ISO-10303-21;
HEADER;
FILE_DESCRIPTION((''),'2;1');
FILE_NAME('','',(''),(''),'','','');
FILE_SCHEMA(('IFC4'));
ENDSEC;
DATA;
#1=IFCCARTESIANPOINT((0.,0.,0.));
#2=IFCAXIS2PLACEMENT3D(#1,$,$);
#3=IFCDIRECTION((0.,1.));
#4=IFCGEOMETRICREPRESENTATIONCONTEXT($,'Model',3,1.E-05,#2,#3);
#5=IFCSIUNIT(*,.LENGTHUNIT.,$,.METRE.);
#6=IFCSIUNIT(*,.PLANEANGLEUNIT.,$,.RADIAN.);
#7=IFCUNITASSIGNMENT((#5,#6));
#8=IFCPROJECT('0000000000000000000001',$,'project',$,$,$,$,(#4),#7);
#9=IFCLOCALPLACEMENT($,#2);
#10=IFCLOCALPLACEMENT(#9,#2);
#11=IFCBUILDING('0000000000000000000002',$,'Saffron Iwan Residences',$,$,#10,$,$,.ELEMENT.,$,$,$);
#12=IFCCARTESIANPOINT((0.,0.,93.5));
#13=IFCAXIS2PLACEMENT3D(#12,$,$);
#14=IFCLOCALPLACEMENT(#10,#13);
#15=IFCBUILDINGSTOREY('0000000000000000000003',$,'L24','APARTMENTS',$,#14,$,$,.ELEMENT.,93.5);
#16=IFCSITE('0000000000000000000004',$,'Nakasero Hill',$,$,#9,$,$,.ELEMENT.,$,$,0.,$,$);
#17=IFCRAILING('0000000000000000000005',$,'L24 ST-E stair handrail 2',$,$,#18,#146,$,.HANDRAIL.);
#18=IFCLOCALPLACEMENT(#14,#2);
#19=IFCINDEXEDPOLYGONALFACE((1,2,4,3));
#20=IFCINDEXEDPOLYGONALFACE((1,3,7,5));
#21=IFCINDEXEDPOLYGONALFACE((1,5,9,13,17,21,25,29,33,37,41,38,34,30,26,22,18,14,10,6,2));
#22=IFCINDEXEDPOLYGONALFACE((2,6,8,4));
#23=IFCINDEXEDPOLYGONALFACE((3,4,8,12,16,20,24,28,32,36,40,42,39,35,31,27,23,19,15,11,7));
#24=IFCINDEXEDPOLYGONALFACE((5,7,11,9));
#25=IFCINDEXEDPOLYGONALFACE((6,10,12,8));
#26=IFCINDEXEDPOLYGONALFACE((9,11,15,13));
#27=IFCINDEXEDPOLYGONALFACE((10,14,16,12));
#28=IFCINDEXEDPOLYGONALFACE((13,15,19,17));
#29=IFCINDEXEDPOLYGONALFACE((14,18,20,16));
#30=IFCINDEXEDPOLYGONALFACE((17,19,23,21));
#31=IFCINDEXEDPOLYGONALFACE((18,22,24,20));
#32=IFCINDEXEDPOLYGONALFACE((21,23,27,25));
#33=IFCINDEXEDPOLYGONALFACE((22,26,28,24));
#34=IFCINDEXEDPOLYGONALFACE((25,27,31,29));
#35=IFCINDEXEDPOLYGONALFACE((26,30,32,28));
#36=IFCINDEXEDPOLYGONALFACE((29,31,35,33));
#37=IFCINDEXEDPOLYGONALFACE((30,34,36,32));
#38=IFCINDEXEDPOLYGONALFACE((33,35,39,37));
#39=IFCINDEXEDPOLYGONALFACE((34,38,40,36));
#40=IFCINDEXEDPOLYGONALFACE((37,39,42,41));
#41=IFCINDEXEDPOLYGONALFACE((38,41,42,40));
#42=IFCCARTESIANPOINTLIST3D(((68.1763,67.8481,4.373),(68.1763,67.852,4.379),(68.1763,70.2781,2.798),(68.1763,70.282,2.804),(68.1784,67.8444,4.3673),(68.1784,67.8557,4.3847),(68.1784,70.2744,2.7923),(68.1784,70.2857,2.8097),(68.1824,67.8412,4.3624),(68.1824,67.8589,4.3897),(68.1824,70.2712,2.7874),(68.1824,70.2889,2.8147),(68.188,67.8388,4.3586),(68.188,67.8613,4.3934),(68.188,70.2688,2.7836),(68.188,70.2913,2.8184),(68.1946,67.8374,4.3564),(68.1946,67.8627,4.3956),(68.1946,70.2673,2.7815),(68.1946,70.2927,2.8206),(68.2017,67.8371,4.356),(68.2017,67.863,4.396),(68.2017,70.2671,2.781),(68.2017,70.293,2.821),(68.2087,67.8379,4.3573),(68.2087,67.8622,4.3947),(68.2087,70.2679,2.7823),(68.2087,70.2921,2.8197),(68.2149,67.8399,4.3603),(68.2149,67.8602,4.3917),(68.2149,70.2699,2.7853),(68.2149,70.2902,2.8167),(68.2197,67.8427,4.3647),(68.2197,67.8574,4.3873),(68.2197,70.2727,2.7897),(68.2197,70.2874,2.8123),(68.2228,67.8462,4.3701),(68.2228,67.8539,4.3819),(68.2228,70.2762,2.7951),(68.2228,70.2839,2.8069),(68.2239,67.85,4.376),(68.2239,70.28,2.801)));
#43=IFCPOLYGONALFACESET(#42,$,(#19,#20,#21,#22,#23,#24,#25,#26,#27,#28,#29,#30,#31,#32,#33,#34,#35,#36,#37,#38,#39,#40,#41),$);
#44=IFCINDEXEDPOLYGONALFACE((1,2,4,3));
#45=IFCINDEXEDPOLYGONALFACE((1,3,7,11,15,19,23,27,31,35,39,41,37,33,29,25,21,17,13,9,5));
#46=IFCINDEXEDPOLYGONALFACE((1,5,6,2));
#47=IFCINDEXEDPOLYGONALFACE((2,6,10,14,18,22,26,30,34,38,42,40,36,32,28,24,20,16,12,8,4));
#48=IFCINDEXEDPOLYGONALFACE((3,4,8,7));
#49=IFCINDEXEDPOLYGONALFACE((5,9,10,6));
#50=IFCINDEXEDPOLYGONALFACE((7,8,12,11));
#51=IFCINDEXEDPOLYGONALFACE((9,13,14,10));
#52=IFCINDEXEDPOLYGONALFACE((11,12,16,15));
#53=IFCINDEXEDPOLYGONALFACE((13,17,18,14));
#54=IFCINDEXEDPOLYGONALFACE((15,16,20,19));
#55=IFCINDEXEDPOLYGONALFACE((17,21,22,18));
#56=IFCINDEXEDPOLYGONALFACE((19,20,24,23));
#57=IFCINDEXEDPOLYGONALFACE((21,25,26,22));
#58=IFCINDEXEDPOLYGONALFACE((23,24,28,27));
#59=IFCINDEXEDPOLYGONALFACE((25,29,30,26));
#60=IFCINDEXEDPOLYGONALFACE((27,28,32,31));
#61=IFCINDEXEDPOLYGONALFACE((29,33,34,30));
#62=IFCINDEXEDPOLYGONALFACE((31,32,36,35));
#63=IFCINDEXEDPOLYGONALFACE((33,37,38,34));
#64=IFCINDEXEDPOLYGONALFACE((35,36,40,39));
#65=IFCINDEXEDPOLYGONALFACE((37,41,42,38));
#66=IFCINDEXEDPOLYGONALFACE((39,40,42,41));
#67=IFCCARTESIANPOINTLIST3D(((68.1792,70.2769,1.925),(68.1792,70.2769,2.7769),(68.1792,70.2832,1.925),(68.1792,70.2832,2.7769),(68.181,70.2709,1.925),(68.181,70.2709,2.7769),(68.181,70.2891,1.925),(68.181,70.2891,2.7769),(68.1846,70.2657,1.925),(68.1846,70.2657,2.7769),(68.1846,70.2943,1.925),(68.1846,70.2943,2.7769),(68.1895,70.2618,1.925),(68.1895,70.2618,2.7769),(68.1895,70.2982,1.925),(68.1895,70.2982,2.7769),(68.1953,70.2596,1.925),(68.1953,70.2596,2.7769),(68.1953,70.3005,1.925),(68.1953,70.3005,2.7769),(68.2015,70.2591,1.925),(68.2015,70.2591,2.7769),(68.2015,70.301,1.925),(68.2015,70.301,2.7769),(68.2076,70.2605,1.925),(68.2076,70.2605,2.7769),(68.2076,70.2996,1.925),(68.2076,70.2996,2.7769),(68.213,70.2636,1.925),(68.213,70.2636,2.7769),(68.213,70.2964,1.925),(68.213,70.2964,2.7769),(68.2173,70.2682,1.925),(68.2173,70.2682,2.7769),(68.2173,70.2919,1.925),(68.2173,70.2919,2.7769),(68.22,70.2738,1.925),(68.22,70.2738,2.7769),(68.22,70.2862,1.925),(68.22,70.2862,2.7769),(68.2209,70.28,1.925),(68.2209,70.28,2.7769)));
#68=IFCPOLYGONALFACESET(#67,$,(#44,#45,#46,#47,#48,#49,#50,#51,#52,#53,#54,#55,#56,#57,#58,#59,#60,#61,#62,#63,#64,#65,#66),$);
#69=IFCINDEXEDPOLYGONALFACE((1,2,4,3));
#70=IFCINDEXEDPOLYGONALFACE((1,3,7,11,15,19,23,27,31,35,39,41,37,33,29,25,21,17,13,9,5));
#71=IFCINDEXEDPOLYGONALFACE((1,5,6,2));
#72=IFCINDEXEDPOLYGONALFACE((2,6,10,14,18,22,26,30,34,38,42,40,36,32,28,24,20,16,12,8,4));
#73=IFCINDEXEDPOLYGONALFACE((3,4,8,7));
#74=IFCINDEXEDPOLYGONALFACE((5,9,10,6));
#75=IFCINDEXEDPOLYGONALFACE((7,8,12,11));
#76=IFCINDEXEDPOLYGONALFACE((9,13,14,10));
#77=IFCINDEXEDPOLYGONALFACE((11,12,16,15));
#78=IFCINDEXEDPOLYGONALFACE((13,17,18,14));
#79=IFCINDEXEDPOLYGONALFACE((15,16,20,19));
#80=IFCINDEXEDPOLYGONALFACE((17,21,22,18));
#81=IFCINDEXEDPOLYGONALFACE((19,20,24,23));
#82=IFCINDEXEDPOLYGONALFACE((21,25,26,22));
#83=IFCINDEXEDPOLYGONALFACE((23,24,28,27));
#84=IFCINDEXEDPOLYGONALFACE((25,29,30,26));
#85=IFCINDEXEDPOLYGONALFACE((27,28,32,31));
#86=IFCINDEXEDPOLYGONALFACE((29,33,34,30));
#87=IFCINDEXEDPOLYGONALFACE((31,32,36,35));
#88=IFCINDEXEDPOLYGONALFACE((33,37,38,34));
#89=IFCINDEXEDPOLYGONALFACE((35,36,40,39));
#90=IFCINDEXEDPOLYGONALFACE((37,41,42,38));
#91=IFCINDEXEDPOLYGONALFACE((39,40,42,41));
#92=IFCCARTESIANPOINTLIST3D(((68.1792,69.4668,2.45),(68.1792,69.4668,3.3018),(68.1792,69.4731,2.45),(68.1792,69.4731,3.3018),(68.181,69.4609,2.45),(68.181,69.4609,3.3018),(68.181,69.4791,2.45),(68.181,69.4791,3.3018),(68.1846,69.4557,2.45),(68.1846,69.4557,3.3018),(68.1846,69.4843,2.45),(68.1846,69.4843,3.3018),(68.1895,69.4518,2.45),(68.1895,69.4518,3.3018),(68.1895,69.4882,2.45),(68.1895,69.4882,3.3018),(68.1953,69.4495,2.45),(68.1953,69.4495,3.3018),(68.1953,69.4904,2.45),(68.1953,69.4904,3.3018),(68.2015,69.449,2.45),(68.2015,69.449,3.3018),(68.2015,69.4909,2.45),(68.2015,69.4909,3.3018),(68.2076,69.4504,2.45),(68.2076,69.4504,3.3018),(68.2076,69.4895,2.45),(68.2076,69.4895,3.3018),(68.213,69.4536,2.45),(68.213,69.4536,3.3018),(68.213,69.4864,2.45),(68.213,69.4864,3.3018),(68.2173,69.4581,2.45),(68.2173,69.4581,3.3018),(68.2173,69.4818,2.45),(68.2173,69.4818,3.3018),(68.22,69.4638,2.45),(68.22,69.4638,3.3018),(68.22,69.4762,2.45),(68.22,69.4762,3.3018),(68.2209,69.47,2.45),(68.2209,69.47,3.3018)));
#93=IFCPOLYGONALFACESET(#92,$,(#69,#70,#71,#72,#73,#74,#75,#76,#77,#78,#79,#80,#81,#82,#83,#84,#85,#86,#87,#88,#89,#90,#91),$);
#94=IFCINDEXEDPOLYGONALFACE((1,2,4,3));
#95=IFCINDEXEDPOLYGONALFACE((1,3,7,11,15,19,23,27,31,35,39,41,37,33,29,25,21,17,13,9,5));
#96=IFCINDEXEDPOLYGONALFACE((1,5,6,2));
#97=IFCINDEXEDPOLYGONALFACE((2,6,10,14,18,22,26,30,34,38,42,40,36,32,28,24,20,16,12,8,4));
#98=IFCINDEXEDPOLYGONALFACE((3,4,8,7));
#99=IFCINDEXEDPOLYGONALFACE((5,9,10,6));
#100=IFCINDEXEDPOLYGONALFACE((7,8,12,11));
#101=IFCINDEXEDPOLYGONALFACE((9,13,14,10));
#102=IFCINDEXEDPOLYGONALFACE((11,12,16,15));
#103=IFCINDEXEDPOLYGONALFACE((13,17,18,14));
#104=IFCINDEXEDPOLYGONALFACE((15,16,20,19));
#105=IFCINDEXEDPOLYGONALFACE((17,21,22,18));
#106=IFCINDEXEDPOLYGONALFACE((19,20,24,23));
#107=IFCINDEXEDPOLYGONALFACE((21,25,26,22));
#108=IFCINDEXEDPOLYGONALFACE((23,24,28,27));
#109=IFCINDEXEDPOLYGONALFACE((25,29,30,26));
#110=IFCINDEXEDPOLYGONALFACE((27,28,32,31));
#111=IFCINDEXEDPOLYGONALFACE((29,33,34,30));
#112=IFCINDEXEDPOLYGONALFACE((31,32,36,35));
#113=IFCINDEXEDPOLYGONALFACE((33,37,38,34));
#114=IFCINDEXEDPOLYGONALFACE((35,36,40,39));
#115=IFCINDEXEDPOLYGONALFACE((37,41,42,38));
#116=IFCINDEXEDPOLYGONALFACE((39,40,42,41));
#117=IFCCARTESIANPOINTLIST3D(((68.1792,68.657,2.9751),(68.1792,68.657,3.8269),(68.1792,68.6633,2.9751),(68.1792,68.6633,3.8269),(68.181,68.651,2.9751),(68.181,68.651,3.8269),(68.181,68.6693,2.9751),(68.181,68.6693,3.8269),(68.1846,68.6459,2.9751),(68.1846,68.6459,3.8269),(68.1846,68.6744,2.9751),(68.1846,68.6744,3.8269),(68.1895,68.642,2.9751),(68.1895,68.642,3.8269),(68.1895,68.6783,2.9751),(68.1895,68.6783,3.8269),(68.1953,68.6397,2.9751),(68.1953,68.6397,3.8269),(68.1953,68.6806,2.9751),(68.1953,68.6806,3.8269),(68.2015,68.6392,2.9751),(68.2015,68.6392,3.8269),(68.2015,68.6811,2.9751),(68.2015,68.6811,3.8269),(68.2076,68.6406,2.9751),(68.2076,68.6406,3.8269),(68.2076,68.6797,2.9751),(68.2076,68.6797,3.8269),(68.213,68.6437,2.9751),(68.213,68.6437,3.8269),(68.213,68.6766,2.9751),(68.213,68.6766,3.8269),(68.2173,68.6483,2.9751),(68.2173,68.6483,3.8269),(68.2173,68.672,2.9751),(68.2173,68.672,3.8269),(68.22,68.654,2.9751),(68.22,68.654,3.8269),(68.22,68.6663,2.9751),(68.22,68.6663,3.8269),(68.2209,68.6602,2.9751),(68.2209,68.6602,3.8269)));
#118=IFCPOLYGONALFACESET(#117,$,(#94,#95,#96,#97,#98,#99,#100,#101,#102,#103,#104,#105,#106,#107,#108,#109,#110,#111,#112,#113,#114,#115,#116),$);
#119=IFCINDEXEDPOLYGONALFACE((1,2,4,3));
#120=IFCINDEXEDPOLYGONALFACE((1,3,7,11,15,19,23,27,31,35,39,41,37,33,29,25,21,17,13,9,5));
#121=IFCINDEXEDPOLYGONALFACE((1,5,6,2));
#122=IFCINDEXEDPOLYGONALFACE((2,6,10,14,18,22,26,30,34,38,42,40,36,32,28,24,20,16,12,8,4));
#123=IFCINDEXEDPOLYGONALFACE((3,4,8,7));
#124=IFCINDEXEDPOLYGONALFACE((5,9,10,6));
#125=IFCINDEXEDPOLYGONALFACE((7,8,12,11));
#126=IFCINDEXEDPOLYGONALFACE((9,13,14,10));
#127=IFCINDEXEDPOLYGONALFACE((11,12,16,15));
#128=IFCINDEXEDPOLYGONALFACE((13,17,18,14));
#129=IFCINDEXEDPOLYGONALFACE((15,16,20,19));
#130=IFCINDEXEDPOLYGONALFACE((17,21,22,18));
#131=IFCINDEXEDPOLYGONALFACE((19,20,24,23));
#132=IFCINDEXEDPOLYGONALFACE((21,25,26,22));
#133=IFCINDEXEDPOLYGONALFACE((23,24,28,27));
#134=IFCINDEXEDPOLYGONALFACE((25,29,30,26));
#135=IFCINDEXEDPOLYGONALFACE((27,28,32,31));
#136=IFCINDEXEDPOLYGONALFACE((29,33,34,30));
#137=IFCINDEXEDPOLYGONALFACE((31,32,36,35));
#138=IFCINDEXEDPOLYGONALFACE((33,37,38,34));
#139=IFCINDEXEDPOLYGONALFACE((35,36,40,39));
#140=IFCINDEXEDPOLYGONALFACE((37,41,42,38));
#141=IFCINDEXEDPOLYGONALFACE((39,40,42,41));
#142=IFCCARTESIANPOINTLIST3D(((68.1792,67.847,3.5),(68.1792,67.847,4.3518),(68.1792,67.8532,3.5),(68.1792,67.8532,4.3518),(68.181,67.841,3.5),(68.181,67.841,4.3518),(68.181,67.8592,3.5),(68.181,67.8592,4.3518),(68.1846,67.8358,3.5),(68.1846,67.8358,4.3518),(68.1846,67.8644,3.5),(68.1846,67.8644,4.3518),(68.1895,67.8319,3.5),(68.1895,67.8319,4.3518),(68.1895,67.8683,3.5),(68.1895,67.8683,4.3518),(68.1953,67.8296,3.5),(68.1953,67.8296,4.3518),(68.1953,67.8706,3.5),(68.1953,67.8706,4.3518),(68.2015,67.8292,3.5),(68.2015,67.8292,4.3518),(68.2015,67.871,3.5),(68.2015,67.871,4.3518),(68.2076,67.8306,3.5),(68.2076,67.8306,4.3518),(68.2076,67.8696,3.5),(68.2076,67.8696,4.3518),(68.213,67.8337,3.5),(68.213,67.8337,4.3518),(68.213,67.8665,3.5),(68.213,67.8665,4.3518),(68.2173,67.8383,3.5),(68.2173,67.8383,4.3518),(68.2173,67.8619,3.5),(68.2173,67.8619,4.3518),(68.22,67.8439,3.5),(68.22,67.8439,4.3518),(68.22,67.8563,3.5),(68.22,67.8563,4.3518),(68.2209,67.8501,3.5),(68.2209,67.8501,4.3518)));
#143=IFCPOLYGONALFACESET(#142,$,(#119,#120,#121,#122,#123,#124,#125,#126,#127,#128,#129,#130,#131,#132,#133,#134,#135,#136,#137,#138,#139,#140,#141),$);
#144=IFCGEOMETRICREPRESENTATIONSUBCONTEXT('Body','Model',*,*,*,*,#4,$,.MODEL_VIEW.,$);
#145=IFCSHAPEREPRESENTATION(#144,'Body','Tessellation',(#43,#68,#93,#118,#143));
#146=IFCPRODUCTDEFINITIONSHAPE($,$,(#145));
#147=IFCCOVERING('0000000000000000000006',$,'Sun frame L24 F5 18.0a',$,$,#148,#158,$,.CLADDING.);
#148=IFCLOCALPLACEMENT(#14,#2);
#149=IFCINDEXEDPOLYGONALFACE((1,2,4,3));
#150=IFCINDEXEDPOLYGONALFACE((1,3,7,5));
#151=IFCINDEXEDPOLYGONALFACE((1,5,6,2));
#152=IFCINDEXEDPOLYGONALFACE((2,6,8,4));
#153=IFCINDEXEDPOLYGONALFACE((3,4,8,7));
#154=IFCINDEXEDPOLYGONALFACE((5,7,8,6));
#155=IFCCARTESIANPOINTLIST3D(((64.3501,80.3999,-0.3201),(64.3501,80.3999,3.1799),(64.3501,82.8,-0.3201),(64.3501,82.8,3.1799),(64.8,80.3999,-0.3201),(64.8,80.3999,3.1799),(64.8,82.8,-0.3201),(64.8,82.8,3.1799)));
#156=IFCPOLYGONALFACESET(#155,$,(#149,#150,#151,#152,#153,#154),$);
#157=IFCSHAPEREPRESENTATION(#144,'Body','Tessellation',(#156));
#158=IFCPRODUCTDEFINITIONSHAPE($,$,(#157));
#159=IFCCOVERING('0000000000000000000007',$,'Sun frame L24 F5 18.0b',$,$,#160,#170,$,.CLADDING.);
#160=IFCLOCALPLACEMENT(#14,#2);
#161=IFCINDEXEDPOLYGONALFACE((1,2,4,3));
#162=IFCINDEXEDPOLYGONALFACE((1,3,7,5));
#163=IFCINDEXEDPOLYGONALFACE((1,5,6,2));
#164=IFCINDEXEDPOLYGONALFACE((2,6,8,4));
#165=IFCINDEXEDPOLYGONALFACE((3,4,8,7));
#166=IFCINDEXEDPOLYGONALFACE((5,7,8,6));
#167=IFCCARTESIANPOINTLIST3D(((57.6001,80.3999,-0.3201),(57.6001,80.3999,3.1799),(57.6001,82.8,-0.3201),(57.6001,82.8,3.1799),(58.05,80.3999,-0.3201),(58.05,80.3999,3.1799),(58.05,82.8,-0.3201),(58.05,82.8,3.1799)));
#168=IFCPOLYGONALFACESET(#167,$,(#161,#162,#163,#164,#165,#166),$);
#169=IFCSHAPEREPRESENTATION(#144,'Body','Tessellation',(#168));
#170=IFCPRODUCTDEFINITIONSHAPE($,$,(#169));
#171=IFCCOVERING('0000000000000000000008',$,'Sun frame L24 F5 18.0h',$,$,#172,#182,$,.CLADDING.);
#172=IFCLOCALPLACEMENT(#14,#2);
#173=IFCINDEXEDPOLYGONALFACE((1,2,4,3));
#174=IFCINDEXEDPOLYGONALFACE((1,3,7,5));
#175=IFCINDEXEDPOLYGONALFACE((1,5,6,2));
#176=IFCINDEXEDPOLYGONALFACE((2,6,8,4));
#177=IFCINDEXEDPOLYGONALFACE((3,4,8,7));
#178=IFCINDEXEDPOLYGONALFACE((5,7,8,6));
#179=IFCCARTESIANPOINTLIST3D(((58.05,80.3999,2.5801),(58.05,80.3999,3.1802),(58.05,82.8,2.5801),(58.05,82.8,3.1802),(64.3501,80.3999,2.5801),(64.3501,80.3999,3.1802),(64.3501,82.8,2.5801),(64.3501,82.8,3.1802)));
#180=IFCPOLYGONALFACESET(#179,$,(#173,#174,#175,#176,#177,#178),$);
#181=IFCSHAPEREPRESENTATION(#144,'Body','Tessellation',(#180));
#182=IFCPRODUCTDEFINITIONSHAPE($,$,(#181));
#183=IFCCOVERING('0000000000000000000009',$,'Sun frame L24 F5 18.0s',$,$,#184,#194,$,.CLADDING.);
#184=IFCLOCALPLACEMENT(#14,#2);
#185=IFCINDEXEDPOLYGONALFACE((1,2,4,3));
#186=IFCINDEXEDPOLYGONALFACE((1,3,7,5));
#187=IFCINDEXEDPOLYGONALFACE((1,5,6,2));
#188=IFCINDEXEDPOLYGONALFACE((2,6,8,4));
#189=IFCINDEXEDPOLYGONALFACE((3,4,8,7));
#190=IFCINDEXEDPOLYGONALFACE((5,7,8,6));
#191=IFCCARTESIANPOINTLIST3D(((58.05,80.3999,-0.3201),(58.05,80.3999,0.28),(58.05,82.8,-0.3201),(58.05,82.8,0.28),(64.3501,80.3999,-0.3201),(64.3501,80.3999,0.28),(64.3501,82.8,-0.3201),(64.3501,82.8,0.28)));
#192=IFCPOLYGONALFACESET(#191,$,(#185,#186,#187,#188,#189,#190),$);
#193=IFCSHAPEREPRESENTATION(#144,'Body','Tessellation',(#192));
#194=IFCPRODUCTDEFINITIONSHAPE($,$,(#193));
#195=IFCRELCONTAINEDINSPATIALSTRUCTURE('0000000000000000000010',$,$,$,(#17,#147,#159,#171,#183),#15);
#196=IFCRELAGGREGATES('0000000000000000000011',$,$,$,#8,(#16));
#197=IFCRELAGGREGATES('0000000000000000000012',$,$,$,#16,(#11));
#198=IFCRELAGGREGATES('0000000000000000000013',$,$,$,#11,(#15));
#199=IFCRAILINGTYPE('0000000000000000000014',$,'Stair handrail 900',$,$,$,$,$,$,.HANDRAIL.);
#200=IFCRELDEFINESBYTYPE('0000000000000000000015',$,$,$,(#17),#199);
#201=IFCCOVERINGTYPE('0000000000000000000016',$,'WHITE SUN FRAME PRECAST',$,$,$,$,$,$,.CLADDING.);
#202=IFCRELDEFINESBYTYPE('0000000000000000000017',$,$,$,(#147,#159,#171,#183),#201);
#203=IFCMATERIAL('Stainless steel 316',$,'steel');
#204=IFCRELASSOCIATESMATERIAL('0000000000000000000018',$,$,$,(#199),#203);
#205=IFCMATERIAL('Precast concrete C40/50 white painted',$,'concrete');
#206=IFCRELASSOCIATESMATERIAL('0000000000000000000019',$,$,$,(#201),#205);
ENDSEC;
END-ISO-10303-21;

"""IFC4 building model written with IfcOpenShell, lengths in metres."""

from ifc_helpers import new_model, si_unit, direction, frame, origin, origin_2d, place, context, subcontext, project, spatial, polyline, circle, outline, extrude, material, type_object, element, save


model = new_model("IFC4")

# Units and contexts
model_context = context("Model", 3, precision=1e-05, world=origin(), true_north=direction((0.0, 1.0)))
body_context = subcontext(model_context, "Body", "Model", "MODEL_VIEW")
ifc_project = project(units=[si_unit("LENGTHUNIT", "METRE"), si_unit("PLANEANGLEUNIT", "RADIAN")], contexts=[model_context])

# Site, building, storey
site_placement = place(None, origin())
site = spatial("IfcSite", under=ifc_project, at=site_placement, Name="Nakasero Hill", CompositionType="ELEMENT", RefElevation=0.0)
building_placement = place(site_placement, origin())
building = spatial("IfcBuilding", under=site, at=building_placement, Name="Saffron Iwan Residences", CompositionType="ELEMENT")
storey_placement = place(building_placement, frame((0.0, 0.0, 93.5)))
storey = spatial("IfcBuildingStorey", under=building, at=storey_placement, Name="L24", Description="APARTMENTS", CompositionType="ELEMENT", Elevation=93.5)

# Railing
ifc_material_1 = material(Name="Stainless steel 316", Category="steel")
railing_type_1 = type_object("IfcRailingType", Name="Stair handrail 900", PredefinedType="HANDRAIL", material=ifc_material_1)
railing_1_placement = place(storey_placement, frame((68.2, 70.28, 1.925)))
element("IfcRailing", 1, at=railing_1_placement, inside=storey, type_object=railing_type_1, Name="L24 ST-E stair handrail 2", PredefinedType="HANDRAIL", context=body_context, shape_type="SweptSolid", body=[
    extrude(circle(Radius=0.0239, at=origin_2d()), frame((0.0, 0.0, 0.876), z_axis=(0.0, -0.839154, 0.543894), x_axis=(1.0, 0.0, 0.0)), (0.0, 0.0, 1.0), 2.8958),
    extrude(circle(Radius=0.021, at=origin_2d()), origin(), (0.0, 0.0, 1.0), 0.8518),
    extrude(circle(Radius=0.021, at=origin_2d()), frame((0.0, -0.8101, 0.5249)), (0.0, 0.0, 1.0), 0.8518),
    extrude(circle(Radius=0.021, at=origin_2d()), frame((0.0, -1.6199, 1.05)), (0.0, 0.0, 1.0), 0.8518),
    extrude(circle(Radius=0.021, at=origin_2d()), frame((0.0, -2.4299, 1.575)), (0.0, 0.0, 1.0), 0.8518),
])

# Coverings
ifc_material_2 = material(Name="Precast concrete C40/50 white painted", Category="concrete")
covering_type_1 = type_object("IfcCoveringType", Name="WHITE SUN FRAME PRECAST", PredefinedType="CLADDING", material=ifc_material_2)
for number, where, z_axis, x_axis, name in (
    (2, (64.8, 80.3999, -0.3201), (0.0, 1.0, 0.0), (-1.0, 0.0, 0.0), "Sun frame L24 F5 18.0a"),
    (3, (58.05, 80.3999, -0.3201), (0.0, 1.0, 0.0), (-1.0, 0.0, 0.0), "Sun frame L24 F5 18.0b"),
):
    element("IfcCovering", number, at=place(storey_placement, frame(where, z_axis=z_axis, x_axis=x_axis)), inside=storey, type_object=covering_type_1, Name=name, PredefinedType="CLADDING", context=body_context, shape_type="SweptSolid", body=[
        extrude(outline(polyline([(0.0, 0.0), (0.45, 0.0), (0.45, 3.5), (0.0, 3.5), (0.0, 0.0)])), origin(), (0.0, 0.0, 1.0), 2.4001),
    ])
for number, where, z_axis, x_axis, name in (
    (4, (64.3501, 80.3999, 2.5801), (0.0, 1.0, 0.0), (-1.0, 0.0, 0.0), "Sun frame L24 F5 18.0h"),
    (5, (64.3501, 80.3999, -0.3201), (0.0, 1.0, 0.0), (-1.0, 0.0, 0.0), "Sun frame L24 F5 18.0s"),
):
    element("IfcCovering", number, at=place(storey_placement, frame(where, z_axis=z_axis, x_axis=x_axis)), inside=storey, type_object=covering_type_1, Name=name, PredefinedType="CLADDING", context=body_context, shape_type="SweptSolid", body=[
        extrude(outline(polyline([(0.0, 0.0), (6.3, 0.0), (6.3, 0.6001), (0.0, 0.6001), (0.0, 0.0)])), origin(), (0.0, 0.0, 1.0), 2.4001),
    ])

save(model, "model.ifc")
